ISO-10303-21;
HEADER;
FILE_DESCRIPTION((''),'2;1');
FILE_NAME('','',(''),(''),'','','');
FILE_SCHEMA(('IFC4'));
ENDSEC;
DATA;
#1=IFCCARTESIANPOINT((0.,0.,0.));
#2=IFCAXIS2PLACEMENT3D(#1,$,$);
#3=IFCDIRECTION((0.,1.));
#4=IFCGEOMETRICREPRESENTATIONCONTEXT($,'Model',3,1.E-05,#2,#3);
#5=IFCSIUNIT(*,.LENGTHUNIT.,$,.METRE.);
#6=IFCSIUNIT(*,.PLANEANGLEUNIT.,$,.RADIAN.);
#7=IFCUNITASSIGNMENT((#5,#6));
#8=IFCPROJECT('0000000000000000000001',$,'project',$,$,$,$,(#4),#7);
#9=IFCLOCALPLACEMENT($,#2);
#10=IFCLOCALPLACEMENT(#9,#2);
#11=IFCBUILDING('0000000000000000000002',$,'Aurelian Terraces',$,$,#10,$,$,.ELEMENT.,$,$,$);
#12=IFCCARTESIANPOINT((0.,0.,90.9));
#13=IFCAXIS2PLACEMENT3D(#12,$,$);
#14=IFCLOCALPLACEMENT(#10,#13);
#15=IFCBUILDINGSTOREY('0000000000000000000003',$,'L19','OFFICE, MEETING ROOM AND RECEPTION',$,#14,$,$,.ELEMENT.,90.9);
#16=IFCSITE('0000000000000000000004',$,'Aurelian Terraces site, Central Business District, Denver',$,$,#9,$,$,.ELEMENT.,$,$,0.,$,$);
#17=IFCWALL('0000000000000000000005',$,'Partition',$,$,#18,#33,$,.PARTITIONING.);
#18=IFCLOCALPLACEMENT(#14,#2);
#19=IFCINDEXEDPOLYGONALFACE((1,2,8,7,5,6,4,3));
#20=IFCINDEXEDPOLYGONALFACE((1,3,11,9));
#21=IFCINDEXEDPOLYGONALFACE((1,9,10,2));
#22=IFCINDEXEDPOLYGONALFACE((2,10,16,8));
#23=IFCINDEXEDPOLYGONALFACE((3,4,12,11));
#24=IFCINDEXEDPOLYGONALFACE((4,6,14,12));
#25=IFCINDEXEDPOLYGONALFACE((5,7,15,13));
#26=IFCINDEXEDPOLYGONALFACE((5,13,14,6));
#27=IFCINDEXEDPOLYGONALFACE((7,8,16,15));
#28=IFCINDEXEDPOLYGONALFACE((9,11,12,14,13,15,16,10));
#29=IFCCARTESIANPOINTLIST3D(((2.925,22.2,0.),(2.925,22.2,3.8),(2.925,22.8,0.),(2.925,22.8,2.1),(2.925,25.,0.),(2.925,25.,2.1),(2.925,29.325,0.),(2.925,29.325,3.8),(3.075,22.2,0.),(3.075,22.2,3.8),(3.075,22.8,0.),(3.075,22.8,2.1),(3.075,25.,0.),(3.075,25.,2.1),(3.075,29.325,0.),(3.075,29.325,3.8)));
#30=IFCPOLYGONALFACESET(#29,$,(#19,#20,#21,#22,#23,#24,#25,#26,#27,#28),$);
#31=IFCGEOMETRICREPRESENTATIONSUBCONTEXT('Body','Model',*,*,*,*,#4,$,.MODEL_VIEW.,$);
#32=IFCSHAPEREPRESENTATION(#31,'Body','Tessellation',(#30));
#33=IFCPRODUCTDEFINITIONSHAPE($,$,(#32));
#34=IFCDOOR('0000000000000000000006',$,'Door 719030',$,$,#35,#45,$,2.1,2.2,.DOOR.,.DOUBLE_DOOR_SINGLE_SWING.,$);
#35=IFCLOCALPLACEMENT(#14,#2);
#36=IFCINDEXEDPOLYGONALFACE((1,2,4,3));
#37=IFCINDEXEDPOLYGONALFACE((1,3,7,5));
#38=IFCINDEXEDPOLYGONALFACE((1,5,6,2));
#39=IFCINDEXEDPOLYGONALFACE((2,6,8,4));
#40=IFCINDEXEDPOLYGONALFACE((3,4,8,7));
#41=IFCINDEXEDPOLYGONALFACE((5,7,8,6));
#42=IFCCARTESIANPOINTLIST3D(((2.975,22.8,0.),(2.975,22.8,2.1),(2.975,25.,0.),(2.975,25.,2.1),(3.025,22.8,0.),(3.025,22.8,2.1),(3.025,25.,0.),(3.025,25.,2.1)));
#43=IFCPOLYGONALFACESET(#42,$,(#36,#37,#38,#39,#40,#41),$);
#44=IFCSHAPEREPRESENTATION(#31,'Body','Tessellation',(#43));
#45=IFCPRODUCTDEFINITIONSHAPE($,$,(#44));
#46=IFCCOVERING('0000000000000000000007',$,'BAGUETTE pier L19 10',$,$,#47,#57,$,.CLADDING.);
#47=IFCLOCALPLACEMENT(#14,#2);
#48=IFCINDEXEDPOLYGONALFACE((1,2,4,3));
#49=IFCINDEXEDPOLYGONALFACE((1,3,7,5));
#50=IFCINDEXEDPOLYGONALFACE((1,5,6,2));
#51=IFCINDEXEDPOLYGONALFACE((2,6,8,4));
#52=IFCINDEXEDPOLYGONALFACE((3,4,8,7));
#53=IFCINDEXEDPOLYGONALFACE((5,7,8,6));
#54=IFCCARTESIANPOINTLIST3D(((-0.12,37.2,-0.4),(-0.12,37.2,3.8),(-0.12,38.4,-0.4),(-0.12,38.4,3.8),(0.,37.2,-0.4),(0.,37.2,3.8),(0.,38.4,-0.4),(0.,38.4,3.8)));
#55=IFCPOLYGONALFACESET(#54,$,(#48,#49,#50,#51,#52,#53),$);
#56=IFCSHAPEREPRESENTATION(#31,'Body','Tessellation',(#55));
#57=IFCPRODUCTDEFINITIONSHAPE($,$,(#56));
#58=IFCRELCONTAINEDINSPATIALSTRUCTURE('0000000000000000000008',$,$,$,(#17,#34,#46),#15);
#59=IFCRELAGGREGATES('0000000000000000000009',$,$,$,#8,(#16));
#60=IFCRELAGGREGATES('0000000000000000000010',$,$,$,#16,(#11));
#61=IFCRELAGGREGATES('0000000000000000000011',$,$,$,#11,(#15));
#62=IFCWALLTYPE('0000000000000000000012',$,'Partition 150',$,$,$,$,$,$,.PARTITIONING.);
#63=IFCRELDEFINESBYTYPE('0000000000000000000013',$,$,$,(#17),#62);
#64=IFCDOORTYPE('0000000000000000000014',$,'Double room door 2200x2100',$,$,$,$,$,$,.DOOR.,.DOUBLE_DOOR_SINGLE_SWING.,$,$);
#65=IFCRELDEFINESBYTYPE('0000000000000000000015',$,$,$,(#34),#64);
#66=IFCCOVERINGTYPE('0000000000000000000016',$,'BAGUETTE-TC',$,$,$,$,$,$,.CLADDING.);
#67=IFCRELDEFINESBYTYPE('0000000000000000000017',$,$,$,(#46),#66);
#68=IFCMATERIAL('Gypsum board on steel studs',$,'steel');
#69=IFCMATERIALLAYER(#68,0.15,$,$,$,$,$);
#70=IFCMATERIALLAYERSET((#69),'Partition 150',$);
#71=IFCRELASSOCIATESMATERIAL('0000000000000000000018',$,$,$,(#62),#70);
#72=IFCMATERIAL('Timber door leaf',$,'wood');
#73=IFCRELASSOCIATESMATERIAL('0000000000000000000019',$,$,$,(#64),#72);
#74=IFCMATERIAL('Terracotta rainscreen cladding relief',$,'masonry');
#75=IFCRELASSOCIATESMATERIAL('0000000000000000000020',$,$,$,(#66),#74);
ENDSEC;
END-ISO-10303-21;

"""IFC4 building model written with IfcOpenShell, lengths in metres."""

from ifc_helpers import new_model, si_unit, direction, frame, frame_2d, origin, origin_2d, place, context, subcontext, project, spatial, rectangle, extrude, source, transform, mapped, material, layer, layer_set, type_object, element, fill, save


model = new_model("IFC4")

# Units and contexts
model_context = context("Model", 3, precision=1e-05, world=origin(), true_north=direction((0.0, 1.0)))
body_context = subcontext(model_context, "Body", "Model", "MODEL_VIEW")
ifc_project = project(units=[si_unit("LENGTHUNIT", "METRE"), si_unit("PLANEANGLEUNIT", "RADIAN")], contexts=[model_context])

# Site, building, storey
site_placement = place(None, origin())
site = spatial("IfcSite", under=ifc_project, at=site_placement, Name="Aurelian Terraces site, Central Business District, Denver", CompositionType="ELEMENT", RefElevation=0.0)
building_placement = place(site_placement, origin())
building = spatial("IfcBuilding", under=site, at=building_placement, Name="Aurelian Terraces", CompositionType="ELEMENT")
storey_placement = place(building_placement, frame((0.0, 0.0, 90.9)))
storey = spatial("IfcBuildingStorey", under=building, at=storey_placement, Name="L19", Description="OFFICE, MEETING ROOM AND RECEPTION", CompositionType="ELEMENT", Elevation=90.9)

# Shared definitions
ifc_material_1 = material(Name="Gypsum board on steel studs", Category="steel")
ifc_layer_1 = layer(ifc_material_1, 0.15)
ifc_layer_set_1 = layer_set([ifc_layer_1], Name="Partition 150")
wall_type_1 = type_object("IfcWallType", Name="Partition 150", PredefinedType="PARTITIONING", material=ifc_layer_set_1)

# Wall, opening, door
shared_shape_1 = source(origin(), body_context, "Body", "SweptSolid", [
    extrude(rectangle(XDim=7.125, YDim=0.15, at=frame_2d((3.5625, 0.0))), origin(), (0.0, 0.0, 1.0), 3.8),
])
wall_1_placement = place(storey_placement, frame((3.0, 29.325, 0.0), z_axis=(0.0, 0.0, 1.0), x_axis=(0.0, -1.0, 0.0)))
wall_1 = element("IfcWall", 1, at=wall_1_placement, inside=storey, type_object=wall_type_1, Name="Partition", PredefinedType="PARTITIONING", context=body_context, shape_type="MappedRepresentation", body=[
    mapped(shared_shape_1, transform((0.0, 0.0, 0.0), scale=1.0)),
])
shared_shape_2 = source(origin(), body_context, "Body", "SweptSolid", [
    extrude(rectangle(XDim=2.2, YDim=2.1, at=frame_2d((1.1, 1.05))), frame((0.0, 0.085, 0.0), z_axis=(0.0, -1.0, 0.0), x_axis=(1.0, 0.0, 0.0)), (0.0, 0.0, 1.0), 0.17),
])
opening_1_placement = place(wall_1_placement, frame((4.325, 0.0, 0.0)))
opening_1 = element("IfcOpeningElement", 2, at=opening_1_placement, cuts=wall_1, PredefinedType="OPENING", context=body_context, shape_type="MappedRepresentation", body=[
    mapped(shared_shape_2, transform((0.0, 0.0, 0.0), scale=1.0)),
])
ifc_material_2 = material(Name="Timber door leaf", Category="wood")
door_type_1 = type_object("IfcDoorType", Name="Double room door 2200x2100", OperationType="DOUBLE_DOOR_SINGLE_SWING", PredefinedType="DOOR", material=ifc_material_2)
shared_shape_3 = source(origin(), body_context, "Body", "SweptSolid", [
    extrude(rectangle(XDim=2.2, YDim=2.1, at=frame_2d((1.1, 1.05))), frame((0.0, 0.025, 0.0), z_axis=(0.0, -1.0, 0.0), x_axis=(1.0, 0.0, 0.0)), (0.0, 0.0, 1.0), 0.05),
])
door_1_placement = place(opening_1_placement, origin())
door_1 = element("IfcDoor", 3, at=door_1_placement, inside=storey, type_object=door_type_1, Name="Door 719030", OperationType="DOUBLE_DOOR_SINGLE_SWING", OverallHeight=2.1, OverallWidth=2.2, PredefinedType="DOOR", context=body_context, shape_type="MappedRepresentation", body=[
    mapped(shared_shape_3, transform((0.0, 0.0, 0.0), scale=1.0)),
])
fill(opening_1, door_1)

# Covering
ifc_material_3 = material(Name="Terracotta rainscreen cladding relief", Category="masonry")
covering_type = type_object("IfcCoveringType", Name="BAGUETTE-TC", PredefinedType="CLADDING", material=ifc_material_3)
shared_shape_4 = source(origin(), body_context, "Body", "SweptSolid", [
    extrude(rectangle(XDim=0.12, YDim=1.2, at=origin_2d()), origin(), (0.0, 0.0, 1.0), 4.2),
])
covering_placement = place(storey_placement, frame((-0.06, 37.8, -0.4), z_axis=(0.0, 0.0, 1.0), x_axis=(1.0, 0.0, 0.0)))
element("IfcCovering", 4, at=covering_placement, inside=storey, type_object=covering_type, Name="BAGUETTE pier L19 10", PredefinedType="CLADDING", context=body_context, shape_type="MappedRepresentation", body=[
    mapped(shared_shape_4, transform((0.0, 0.0, 0.0), scale=1.0)),
])

save(model, "model.ifc")
